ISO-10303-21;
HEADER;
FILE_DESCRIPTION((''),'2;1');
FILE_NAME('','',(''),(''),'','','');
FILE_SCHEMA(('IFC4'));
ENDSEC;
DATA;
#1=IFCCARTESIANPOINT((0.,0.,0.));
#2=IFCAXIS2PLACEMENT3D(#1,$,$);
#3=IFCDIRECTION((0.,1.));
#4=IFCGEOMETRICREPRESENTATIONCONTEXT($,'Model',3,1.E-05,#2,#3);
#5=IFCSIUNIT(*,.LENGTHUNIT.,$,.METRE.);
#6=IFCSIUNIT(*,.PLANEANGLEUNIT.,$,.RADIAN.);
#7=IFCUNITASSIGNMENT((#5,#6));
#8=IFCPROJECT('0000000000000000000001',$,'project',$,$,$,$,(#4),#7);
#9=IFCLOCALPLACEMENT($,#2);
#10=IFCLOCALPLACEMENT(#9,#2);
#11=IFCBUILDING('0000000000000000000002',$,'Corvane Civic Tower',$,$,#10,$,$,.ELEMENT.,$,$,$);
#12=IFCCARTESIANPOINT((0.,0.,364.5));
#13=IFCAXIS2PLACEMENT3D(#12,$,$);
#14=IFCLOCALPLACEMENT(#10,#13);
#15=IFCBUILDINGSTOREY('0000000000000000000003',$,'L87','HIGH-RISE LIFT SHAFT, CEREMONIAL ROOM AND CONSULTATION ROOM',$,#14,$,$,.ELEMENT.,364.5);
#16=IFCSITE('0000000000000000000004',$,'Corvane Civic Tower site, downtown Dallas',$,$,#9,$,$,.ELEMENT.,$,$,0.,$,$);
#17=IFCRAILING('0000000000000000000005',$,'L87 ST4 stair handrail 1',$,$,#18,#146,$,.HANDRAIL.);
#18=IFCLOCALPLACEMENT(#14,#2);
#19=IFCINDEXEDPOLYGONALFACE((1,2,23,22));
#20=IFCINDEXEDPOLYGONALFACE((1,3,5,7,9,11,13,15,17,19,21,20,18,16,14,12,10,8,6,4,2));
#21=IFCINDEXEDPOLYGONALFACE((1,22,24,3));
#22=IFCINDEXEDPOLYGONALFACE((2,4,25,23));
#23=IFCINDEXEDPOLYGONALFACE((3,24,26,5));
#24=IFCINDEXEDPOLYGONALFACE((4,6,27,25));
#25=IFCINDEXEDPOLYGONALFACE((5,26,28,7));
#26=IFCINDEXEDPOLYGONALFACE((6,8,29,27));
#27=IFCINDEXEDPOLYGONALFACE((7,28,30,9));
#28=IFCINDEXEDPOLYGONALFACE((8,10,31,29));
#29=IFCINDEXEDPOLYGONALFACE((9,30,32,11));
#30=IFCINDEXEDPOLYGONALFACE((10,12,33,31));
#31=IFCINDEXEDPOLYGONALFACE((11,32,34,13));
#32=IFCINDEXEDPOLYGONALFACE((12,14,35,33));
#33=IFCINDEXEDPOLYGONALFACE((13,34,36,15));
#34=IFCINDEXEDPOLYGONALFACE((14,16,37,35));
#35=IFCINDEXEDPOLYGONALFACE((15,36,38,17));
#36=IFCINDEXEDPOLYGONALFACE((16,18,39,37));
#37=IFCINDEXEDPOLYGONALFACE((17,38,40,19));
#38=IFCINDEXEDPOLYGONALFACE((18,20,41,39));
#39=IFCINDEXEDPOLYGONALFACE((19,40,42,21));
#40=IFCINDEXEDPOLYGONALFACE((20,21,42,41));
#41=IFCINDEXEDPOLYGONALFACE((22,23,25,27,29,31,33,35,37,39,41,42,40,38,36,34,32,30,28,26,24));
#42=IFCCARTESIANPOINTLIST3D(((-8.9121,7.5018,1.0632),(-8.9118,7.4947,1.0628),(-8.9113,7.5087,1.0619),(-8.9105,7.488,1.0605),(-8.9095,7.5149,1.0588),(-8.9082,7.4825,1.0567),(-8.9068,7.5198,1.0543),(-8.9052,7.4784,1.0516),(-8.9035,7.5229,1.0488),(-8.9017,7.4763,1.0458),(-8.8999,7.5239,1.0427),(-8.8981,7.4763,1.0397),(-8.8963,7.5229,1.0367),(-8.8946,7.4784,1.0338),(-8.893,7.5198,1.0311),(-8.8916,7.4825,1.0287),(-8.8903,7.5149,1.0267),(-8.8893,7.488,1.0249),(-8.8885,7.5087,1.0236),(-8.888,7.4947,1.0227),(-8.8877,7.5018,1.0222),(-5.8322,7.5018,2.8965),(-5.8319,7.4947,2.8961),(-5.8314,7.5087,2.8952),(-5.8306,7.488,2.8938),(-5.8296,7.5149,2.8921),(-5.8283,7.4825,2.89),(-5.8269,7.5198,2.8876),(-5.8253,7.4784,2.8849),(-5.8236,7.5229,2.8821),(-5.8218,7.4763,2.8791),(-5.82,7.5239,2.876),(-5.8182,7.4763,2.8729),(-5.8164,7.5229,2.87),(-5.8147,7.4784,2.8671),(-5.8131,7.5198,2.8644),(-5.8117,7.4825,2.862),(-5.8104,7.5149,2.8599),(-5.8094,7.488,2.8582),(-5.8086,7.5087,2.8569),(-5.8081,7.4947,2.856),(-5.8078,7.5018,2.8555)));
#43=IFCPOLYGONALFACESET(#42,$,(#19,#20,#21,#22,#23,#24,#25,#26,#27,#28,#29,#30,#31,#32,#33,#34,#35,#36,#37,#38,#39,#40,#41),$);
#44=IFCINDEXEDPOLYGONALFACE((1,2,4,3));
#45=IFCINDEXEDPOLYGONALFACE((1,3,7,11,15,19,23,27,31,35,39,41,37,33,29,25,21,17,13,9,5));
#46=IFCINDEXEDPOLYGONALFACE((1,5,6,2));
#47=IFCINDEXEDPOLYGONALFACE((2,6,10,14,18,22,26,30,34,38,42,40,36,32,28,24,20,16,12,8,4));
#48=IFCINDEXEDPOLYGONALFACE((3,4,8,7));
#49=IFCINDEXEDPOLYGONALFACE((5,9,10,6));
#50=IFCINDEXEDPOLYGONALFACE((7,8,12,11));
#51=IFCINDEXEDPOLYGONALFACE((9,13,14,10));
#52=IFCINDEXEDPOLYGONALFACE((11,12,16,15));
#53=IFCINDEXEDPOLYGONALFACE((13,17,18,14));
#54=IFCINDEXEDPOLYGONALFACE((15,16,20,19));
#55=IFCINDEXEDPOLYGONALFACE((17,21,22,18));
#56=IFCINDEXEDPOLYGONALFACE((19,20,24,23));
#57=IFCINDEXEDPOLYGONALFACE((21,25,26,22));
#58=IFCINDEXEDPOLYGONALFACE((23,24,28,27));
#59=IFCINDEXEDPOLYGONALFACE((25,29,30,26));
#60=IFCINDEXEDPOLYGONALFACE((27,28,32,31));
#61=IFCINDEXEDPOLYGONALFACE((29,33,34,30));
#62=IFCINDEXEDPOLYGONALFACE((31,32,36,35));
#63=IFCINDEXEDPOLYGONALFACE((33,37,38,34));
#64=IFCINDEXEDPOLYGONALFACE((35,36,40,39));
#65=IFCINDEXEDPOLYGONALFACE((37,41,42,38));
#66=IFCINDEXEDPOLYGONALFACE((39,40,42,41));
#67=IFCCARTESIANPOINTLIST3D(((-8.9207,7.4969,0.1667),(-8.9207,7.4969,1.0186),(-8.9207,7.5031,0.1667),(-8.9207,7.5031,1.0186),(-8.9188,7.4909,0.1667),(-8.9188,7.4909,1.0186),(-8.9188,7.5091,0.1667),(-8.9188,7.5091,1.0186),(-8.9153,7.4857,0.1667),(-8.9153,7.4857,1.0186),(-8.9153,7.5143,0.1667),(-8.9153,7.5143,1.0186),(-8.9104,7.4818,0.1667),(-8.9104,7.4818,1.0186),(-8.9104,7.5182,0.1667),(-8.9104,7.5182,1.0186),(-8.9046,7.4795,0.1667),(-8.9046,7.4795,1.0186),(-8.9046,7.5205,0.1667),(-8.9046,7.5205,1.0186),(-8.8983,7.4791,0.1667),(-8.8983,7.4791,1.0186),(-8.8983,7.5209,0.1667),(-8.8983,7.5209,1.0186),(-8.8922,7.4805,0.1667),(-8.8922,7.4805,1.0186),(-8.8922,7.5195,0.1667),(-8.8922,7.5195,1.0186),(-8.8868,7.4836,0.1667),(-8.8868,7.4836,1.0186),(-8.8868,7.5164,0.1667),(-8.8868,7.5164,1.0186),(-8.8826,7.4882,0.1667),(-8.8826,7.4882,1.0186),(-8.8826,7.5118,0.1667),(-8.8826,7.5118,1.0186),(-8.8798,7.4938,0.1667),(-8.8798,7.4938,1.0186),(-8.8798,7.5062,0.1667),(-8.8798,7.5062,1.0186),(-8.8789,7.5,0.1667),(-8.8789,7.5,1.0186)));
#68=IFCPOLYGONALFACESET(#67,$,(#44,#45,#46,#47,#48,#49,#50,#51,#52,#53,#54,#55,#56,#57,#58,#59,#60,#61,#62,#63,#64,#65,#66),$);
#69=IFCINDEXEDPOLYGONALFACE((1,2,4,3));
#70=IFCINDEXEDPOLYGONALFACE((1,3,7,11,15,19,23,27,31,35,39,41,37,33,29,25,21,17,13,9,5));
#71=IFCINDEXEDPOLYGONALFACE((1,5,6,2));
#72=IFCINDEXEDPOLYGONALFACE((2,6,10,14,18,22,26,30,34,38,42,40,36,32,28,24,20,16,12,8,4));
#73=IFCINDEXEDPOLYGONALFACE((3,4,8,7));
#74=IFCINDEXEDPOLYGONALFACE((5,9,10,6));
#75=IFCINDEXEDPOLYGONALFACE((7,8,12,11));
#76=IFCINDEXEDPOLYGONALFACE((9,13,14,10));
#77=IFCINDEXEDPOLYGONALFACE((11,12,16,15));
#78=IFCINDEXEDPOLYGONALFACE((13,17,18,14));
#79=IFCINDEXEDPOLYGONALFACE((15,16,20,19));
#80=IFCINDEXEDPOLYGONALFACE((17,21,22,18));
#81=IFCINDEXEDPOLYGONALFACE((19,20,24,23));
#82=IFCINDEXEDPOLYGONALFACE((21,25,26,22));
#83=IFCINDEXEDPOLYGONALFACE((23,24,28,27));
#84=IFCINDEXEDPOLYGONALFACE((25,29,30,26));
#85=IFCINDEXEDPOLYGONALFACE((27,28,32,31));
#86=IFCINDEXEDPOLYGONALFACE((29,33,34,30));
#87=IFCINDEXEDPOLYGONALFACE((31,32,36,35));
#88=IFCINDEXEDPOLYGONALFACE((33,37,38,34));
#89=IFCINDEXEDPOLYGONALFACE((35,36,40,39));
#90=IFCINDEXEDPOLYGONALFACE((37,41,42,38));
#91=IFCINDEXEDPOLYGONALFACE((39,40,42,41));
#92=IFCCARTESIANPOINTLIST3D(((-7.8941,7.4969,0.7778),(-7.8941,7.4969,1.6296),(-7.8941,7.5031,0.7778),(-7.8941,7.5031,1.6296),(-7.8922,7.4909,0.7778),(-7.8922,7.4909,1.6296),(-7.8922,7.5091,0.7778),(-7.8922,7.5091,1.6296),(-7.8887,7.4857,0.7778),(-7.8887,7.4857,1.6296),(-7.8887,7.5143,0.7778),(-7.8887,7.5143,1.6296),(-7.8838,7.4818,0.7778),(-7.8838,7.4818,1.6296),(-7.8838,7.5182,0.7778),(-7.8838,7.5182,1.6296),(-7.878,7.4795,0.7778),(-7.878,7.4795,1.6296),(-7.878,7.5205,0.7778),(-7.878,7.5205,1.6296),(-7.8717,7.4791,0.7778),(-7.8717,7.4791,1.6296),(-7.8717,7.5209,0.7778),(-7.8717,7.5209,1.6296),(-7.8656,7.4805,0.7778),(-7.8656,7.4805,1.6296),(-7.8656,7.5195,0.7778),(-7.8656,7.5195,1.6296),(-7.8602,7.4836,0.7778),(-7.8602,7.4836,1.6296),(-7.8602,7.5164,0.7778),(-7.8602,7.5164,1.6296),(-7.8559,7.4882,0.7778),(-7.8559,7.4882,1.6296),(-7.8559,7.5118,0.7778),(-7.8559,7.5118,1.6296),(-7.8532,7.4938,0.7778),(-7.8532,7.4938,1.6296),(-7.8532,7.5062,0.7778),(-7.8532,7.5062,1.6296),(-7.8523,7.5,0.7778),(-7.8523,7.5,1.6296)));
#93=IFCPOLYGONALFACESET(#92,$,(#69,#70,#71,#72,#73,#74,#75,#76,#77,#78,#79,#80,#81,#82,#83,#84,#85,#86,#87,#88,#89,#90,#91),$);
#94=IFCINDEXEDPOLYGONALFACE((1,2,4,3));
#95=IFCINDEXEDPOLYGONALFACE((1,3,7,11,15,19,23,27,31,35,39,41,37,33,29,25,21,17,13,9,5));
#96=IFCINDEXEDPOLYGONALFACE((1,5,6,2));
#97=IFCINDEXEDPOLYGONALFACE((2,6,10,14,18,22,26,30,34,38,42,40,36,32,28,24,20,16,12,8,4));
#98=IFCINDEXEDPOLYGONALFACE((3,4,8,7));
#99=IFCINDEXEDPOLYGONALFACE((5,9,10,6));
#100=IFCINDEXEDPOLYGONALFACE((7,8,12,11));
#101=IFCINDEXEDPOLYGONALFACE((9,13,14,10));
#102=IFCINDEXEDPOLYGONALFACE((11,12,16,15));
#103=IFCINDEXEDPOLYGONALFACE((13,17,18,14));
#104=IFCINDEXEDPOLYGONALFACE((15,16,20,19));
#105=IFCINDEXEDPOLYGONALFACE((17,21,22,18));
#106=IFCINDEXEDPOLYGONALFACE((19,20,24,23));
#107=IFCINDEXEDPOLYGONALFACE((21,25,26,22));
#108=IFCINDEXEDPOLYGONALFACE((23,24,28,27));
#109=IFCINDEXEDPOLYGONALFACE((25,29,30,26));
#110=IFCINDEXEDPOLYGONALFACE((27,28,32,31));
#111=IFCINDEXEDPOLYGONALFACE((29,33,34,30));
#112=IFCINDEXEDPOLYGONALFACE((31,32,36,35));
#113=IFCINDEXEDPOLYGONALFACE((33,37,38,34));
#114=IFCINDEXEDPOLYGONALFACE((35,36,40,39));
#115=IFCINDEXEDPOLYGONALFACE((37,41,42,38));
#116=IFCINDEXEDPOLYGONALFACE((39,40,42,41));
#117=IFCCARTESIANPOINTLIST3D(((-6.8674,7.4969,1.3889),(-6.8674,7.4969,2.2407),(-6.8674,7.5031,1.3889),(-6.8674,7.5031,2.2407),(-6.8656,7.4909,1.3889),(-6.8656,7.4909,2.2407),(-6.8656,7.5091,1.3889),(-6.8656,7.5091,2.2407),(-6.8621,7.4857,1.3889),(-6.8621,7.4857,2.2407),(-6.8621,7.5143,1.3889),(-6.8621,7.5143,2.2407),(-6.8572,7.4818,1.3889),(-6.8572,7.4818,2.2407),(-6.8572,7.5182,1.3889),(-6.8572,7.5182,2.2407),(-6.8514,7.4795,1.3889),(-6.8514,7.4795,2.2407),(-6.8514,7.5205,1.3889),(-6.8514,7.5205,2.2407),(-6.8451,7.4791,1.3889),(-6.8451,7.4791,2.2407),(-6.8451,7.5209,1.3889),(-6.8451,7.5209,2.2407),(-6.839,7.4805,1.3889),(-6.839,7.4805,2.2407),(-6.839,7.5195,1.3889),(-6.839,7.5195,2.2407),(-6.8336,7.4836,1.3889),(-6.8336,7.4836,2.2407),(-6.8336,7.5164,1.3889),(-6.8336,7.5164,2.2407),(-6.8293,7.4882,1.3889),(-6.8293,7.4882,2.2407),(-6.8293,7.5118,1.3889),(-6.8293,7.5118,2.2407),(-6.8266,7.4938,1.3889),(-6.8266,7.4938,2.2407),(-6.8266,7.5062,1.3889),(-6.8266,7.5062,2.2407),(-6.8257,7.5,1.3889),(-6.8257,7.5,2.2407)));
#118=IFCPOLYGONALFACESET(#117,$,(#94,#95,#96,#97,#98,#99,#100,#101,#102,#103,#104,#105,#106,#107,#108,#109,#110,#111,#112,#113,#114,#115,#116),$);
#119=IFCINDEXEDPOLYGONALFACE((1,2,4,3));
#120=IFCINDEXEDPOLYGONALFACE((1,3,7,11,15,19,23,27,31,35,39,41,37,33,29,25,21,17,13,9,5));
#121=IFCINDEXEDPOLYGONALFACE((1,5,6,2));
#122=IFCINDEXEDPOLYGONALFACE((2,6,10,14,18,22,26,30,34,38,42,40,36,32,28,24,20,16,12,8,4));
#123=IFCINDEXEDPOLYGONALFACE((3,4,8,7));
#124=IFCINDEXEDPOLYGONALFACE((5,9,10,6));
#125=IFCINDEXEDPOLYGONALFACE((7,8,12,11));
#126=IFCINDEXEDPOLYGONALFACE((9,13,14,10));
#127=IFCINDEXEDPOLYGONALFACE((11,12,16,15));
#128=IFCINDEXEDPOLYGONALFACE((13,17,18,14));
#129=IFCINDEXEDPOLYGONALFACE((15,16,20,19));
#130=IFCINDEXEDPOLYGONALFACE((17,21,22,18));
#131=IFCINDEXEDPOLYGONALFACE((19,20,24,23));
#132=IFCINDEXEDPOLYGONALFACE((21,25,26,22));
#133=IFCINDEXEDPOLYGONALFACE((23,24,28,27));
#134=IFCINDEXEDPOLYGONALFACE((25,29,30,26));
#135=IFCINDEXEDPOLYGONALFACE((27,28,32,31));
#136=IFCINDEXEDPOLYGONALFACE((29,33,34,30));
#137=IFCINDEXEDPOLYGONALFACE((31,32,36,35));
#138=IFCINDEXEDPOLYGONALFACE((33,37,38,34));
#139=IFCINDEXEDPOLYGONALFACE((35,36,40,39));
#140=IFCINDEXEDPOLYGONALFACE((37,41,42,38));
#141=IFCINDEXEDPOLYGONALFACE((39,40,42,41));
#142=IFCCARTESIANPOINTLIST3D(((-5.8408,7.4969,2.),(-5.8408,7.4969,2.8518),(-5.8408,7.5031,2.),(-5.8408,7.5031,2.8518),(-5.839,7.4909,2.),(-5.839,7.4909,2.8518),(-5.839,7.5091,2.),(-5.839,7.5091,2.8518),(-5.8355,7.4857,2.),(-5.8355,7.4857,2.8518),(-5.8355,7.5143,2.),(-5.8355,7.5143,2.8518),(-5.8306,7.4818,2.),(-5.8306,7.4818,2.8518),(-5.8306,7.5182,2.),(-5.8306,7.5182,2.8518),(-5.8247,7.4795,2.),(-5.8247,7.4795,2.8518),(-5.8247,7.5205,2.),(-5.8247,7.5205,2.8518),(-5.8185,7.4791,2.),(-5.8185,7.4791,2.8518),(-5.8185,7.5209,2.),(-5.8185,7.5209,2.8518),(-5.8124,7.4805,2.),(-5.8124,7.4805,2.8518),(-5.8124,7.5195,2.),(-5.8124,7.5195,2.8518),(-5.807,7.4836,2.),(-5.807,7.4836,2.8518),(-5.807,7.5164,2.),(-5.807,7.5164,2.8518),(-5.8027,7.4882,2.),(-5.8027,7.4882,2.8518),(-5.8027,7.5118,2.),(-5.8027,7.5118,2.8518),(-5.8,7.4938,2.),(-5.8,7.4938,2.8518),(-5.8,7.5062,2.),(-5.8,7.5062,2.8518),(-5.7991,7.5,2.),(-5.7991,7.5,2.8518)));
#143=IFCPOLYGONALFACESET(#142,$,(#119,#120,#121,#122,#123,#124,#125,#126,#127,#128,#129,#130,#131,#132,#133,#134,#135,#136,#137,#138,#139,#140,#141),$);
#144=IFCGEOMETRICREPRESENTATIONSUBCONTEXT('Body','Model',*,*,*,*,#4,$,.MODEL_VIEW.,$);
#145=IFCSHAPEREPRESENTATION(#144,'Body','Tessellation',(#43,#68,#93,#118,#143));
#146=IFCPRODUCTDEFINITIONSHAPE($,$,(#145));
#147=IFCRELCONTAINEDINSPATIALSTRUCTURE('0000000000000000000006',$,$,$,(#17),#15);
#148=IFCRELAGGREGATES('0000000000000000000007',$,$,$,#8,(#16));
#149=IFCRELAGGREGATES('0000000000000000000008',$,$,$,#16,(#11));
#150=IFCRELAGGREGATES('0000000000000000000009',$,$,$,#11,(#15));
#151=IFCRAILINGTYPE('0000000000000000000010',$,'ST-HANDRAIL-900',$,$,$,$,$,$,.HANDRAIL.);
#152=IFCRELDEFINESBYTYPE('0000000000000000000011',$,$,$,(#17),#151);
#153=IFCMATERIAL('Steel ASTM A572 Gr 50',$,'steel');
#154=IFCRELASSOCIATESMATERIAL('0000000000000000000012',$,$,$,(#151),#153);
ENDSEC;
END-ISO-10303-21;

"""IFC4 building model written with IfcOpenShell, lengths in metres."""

from ifc_helpers import new_model, si_unit, direction, frame, origin, origin_2d, place, context, subcontext, project, spatial, circle, extrude, material, type_object, element, save


model = new_model("IFC4")

# Units and contexts
model_context = context("Model", 3, precision=1e-05, world=origin(), true_north=direction((0.0, 1.0)))
body_context = subcontext(model_context, "Body", "Model", "MODEL_VIEW")
ifc_project = project(units=[si_unit("LENGTHUNIT", "METRE"), si_unit("PLANEANGLEUNIT", "RADIAN")], contexts=[model_context])

# Site, building, storey
site_placement = place(None, origin())
site = spatial("IfcSite", under=ifc_project, at=site_placement, Name="Corvane Civic Tower site, downtown Dallas", CompositionType="ELEMENT", RefElevation=0.0)
building_placement = place(site_placement, origin())
building = spatial("IfcBuilding", under=site, at=building_placement, Name="Corvane Civic Tower", CompositionType="ELEMENT")
storey_placement = place(building_placement, frame((0.0, 0.0, 364.5)))
storey = spatial("IfcBuildingStorey", under=building, at=storey_placement, Name="L87", Description="HIGH-RISE LIFT SHAFT, CEREMONIAL ROOM AND CONSULTATION ROOM", CompositionType="ELEMENT", Elevation=364.5)

# Railing
ifc_material_1 = material(Name="Steel ASTM A572 Gr 50", Category="steel")
railing_type_1 = type_object("IfcRailingType", Name="ST-HANDRAIL-900", PredefinedType="HANDRAIL", material=ifc_material_1)
railing_1_placement = place(storey_placement, frame((-8.8999, 7.5, 0.1667)))
element("IfcRailing", 1, at=railing_1_placement, inside=storey, type_object=railing_type_1, Name="L87 ST4 stair handrail 1", PredefinedType="HANDRAIL", context=body_context, shape_type="SweptSolid", body=[
    extrude(circle(Radius=0.0239, at=origin_2d()), frame((0.0, 0.0, 0.876), z_axis=(0.859291, 0.0, 0.511487), x_axis=(0.0, 1.0, 0.0)), (0.0, 0.0, 1.0), 3.5842),
    extrude(circle(Radius=0.021, at=origin_2d()), origin(), (0.0, 0.0, 1.0), 0.8518),
    extrude(circle(Radius=0.021, at=origin_2d()), frame((1.0266, 0.0, 0.6111)), (0.0, 0.0, 1.0), 0.8518),
    extrude(circle(Radius=0.021, at=origin_2d()), frame((2.0532, 0.0, 1.2222)), (0.0, 0.0, 1.0), 0.8518),
    extrude(circle(Radius=0.021, at=origin_2d()), frame((3.0798, 0.0, 1.8333)), (0.0, 0.0, 1.0), 0.8518),
])

save(model, "model.ifc")
